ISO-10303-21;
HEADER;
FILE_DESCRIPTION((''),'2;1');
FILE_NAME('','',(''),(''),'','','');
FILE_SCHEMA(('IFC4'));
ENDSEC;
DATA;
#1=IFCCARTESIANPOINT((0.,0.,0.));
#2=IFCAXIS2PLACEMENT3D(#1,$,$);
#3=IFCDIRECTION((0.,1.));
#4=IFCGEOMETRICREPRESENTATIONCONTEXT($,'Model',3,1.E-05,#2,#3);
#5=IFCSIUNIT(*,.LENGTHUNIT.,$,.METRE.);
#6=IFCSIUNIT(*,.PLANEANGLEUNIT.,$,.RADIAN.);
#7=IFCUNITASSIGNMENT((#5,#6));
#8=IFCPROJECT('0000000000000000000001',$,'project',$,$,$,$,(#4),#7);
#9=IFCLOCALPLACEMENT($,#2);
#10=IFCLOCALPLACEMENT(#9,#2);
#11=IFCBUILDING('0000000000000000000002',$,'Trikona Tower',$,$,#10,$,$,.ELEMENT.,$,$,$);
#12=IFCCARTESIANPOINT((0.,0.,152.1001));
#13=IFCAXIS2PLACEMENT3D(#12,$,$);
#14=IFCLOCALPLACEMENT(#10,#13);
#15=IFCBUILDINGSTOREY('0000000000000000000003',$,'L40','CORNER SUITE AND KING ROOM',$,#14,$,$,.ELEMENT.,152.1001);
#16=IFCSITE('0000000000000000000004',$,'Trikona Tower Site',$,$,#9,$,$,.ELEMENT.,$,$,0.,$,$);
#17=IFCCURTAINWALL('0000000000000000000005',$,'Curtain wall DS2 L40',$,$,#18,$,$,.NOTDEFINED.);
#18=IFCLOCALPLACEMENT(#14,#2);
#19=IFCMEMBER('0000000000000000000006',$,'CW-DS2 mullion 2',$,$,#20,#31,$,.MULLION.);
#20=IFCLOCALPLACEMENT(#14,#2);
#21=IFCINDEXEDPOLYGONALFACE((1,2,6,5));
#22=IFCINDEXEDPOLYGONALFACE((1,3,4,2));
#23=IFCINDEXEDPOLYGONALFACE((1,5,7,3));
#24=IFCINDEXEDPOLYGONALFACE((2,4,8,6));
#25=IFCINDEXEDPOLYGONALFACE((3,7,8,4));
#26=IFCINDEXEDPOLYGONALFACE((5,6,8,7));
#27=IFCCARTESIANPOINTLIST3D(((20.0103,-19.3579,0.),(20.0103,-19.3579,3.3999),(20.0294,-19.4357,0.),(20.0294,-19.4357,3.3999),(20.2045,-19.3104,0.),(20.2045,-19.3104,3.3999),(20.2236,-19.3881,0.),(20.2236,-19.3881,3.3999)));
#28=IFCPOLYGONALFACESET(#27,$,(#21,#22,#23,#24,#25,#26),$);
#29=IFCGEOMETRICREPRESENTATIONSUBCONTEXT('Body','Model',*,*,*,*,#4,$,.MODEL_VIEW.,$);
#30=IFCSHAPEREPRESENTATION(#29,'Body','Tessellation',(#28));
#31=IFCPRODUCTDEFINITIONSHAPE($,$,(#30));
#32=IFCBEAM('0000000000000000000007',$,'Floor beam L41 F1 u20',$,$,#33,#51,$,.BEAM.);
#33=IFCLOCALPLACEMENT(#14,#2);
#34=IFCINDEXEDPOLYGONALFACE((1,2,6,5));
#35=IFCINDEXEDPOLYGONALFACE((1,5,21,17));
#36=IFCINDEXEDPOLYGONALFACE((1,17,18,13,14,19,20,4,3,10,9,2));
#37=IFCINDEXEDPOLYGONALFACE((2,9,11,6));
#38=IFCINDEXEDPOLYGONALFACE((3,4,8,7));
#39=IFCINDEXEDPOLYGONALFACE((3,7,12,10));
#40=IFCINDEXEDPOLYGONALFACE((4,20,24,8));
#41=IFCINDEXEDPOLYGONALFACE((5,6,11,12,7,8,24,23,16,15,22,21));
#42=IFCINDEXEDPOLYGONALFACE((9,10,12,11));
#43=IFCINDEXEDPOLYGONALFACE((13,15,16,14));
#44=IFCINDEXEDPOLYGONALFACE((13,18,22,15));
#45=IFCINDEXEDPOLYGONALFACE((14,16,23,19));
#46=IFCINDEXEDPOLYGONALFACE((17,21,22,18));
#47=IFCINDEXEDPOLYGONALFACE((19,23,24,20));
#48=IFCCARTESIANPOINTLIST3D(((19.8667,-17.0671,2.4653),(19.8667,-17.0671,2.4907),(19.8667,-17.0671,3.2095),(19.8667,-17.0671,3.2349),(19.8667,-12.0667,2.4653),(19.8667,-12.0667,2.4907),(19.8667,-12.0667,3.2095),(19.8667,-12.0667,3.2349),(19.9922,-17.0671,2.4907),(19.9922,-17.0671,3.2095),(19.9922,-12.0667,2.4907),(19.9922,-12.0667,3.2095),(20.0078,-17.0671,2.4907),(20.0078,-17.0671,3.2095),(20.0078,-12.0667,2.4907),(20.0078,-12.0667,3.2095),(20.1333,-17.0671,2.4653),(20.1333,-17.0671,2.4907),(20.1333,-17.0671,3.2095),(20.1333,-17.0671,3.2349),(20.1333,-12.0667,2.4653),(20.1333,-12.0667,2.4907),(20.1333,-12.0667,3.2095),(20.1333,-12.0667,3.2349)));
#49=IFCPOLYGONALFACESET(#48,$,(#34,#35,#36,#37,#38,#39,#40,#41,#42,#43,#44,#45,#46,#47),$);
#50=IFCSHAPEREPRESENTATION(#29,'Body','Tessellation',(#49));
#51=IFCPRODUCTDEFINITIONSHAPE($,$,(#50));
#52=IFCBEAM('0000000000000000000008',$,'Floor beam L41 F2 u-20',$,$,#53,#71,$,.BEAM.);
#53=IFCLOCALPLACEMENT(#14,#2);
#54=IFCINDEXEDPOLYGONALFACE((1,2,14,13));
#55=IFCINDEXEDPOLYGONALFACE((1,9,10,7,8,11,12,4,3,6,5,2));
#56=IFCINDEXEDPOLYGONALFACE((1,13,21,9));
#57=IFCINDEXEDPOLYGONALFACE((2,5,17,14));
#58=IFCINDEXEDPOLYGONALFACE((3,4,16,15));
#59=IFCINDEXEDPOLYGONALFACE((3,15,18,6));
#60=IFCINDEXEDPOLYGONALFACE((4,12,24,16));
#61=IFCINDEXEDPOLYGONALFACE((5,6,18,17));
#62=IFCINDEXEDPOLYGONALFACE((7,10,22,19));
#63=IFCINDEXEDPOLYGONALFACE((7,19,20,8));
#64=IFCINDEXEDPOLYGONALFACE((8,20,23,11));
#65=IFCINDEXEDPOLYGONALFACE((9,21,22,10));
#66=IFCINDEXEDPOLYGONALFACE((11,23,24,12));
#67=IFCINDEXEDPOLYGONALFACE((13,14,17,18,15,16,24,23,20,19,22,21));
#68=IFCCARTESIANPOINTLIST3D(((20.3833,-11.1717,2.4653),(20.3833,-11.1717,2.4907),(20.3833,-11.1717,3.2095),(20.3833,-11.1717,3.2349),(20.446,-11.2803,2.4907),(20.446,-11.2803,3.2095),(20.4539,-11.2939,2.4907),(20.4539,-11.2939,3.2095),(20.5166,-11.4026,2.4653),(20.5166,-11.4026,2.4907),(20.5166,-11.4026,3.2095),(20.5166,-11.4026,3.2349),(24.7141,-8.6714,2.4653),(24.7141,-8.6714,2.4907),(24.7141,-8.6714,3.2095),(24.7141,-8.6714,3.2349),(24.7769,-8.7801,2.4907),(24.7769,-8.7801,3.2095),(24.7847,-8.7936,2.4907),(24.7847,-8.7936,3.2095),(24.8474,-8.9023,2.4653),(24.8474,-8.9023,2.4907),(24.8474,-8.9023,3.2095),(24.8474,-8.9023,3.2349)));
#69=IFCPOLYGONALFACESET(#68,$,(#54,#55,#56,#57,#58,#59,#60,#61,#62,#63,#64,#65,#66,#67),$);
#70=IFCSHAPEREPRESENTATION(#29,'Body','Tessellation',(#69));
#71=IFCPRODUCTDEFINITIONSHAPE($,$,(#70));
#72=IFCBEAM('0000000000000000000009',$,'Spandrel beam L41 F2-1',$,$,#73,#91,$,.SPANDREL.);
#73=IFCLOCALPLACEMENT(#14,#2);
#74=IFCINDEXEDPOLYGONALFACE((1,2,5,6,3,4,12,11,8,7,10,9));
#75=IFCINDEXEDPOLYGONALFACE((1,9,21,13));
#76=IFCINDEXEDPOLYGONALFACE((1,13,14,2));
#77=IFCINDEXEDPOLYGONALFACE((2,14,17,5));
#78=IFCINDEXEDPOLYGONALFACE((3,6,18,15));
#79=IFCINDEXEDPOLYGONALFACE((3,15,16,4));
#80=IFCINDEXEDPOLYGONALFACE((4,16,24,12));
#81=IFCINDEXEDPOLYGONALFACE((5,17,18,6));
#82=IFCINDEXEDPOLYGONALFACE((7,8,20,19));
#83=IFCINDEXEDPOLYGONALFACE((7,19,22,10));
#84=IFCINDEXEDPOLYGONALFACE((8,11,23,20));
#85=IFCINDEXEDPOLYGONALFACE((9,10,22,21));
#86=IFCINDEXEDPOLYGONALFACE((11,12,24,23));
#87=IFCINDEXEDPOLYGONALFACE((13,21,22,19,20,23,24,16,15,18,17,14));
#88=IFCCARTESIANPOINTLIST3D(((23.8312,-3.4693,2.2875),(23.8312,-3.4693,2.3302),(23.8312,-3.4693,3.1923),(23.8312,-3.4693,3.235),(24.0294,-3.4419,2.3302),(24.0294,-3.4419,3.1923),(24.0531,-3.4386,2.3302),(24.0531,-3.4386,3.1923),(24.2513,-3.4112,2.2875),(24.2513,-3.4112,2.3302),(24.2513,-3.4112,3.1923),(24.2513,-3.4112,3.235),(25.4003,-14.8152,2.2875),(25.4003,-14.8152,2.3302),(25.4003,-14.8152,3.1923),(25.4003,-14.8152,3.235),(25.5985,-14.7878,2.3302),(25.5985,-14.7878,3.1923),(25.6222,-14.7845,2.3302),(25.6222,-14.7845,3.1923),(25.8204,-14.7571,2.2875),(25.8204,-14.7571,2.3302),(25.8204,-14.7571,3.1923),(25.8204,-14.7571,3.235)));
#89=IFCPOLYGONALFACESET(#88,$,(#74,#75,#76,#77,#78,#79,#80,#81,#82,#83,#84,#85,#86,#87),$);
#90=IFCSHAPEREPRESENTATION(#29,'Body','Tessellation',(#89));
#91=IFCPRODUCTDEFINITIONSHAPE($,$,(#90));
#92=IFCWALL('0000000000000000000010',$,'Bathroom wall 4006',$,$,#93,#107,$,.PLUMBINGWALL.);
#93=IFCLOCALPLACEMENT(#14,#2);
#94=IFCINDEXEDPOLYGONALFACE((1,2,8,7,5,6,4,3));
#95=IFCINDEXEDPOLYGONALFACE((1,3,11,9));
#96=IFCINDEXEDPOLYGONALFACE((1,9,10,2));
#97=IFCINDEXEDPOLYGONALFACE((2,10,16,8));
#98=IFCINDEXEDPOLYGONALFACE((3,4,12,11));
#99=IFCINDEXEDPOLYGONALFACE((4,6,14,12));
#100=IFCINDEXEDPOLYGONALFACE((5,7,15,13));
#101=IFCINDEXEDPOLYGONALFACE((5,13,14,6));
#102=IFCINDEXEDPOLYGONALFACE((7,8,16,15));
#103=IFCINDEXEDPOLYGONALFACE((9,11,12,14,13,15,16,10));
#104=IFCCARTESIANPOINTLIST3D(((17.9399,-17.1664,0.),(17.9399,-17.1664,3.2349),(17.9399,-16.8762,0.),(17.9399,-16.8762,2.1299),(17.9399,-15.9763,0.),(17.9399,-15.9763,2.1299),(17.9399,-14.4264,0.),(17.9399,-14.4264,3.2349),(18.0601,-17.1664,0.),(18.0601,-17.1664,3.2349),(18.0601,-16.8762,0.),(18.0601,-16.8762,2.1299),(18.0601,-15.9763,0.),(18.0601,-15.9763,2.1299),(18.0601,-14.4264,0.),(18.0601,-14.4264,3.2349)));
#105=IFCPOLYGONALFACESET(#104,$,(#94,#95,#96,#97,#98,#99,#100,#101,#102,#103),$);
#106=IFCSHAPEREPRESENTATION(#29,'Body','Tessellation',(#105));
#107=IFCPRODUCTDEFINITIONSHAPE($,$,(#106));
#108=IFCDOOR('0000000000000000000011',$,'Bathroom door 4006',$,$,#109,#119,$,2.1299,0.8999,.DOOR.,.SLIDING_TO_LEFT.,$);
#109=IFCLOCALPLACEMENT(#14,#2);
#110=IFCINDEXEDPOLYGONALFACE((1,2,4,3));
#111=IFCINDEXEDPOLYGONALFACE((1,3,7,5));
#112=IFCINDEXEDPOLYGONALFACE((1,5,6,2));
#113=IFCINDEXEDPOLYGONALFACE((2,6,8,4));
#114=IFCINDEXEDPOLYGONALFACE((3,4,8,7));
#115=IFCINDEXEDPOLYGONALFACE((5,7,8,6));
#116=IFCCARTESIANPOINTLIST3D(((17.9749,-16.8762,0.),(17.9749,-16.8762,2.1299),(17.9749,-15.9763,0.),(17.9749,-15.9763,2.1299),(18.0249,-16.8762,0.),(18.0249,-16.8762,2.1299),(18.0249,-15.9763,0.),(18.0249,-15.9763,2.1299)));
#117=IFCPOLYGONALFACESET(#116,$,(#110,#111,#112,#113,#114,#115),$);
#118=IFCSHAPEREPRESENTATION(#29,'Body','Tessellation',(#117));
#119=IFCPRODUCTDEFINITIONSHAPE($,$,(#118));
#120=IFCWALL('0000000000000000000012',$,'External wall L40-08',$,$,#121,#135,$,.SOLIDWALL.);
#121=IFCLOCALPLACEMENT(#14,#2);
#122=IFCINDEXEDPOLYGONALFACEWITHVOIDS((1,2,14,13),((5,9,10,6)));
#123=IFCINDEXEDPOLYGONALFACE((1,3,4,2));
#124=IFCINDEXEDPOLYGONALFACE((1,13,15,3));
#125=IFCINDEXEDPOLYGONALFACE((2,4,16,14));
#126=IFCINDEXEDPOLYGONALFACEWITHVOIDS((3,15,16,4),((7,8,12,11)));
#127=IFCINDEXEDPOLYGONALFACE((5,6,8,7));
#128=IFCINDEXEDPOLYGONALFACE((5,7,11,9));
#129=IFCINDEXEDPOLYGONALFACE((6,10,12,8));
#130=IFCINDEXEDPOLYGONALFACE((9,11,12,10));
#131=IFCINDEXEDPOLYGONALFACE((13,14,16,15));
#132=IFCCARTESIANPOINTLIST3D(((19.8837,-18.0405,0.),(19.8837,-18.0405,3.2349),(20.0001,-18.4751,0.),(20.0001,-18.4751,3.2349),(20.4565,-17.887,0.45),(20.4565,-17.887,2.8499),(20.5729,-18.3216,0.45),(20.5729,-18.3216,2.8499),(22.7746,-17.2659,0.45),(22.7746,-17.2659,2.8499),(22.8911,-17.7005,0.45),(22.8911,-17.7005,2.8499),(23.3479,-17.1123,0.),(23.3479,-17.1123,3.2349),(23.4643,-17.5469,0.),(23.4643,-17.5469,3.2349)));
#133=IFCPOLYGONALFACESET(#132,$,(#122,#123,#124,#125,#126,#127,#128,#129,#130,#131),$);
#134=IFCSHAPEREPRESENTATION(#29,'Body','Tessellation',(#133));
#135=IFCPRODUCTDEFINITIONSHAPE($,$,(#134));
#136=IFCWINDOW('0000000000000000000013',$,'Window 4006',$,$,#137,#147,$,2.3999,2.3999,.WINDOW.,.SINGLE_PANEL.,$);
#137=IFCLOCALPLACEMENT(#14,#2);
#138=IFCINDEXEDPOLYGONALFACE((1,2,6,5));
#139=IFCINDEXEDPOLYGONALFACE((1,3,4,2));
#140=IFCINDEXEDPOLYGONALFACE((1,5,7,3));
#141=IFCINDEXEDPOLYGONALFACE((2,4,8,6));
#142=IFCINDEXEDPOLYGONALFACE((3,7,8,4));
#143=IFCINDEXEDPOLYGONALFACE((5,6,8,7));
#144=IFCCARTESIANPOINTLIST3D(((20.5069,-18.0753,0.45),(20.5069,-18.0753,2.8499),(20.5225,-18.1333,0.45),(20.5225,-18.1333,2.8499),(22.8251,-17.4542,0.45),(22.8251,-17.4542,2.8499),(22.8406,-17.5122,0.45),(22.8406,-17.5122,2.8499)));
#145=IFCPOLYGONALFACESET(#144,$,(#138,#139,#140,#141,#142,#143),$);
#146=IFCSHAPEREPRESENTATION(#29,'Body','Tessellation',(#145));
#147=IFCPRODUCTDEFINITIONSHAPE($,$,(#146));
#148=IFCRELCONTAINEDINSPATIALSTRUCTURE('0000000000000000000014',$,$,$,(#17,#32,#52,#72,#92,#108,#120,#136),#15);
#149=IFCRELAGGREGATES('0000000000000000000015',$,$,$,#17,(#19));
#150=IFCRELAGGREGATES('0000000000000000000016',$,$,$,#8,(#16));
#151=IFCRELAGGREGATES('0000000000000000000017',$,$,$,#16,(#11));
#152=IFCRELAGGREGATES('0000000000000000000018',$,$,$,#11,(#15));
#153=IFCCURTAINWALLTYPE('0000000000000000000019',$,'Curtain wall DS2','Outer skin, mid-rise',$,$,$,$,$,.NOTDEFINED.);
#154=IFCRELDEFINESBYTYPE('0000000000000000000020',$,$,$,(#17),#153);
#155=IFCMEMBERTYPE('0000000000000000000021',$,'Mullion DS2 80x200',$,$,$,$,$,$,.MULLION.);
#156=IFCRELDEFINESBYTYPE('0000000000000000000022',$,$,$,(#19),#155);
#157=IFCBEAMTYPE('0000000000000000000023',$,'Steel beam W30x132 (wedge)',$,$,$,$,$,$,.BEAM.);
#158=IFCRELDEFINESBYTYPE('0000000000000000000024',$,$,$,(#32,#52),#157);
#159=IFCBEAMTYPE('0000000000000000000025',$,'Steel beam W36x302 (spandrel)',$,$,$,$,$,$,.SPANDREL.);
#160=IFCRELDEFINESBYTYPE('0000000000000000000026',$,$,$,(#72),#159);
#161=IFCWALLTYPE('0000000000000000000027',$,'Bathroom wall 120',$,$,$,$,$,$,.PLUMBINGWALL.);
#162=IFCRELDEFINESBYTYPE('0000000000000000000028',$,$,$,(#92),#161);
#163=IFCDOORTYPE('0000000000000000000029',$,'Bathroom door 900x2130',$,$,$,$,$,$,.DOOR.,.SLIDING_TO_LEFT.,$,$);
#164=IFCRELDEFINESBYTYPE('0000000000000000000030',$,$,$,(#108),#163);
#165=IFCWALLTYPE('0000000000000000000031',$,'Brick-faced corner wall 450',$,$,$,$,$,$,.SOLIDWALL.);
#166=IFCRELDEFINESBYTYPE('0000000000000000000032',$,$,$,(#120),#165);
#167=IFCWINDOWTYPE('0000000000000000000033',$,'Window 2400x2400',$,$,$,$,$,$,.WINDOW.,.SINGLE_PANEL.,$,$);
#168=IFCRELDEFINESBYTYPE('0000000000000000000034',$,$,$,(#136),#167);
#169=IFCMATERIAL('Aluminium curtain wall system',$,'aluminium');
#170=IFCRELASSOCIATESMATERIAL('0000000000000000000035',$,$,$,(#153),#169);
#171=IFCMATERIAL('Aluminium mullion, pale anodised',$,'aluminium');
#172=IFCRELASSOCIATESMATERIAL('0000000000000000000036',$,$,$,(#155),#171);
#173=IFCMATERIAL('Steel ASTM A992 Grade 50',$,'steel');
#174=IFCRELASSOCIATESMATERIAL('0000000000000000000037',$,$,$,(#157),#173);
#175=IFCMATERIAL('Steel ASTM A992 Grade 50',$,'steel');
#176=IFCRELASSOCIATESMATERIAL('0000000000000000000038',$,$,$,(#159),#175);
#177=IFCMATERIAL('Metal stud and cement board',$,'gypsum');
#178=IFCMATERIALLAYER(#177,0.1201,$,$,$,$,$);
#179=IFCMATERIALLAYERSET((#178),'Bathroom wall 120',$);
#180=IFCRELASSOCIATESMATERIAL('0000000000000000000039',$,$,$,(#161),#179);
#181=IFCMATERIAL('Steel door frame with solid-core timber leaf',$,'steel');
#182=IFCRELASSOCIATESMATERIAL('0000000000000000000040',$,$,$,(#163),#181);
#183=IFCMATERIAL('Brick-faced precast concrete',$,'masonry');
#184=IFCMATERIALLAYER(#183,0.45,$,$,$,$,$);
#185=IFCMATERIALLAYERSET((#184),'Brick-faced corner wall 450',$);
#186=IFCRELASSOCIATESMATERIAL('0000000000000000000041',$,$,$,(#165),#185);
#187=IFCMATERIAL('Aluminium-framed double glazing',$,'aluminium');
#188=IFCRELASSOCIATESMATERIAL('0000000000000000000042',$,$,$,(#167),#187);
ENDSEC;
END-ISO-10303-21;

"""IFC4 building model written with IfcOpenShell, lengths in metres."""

from ifc_helpers import new_model, si_unit, direction, frame, frame_2d, origin, origin_2d, place, context, subcontext, project, spatial, rectangle, i_section, extrude, material, layer, layer_set, material_profile, profile_set, type_object, element, fill, aggregate, save


model = new_model("IFC4")

# Units and contexts
model_context = context("Model", 3, precision=1e-05, world=origin(), true_north=direction((0.0, 1.0)))
body_context = subcontext(model_context, "Body", "Model", "MODEL_VIEW")
ifc_project = project(units=[si_unit("LENGTHUNIT", "METRE"), si_unit("PLANEANGLEUNIT", "RADIAN")], contexts=[model_context])

# Site, building, storey
site_placement = place(None, origin())
site = spatial("IfcSite", under=ifc_project, at=site_placement, Name="Trikona Tower Site", CompositionType="ELEMENT", RefElevation=0.0)
building_placement = place(site_placement, origin())
building = spatial("IfcBuilding", under=site, at=building_placement, Name="Trikona Tower", CompositionType="ELEMENT")
storey_placement = place(building_placement, frame((0.0, 0.0, 152.1001)))
storey = spatial("IfcBuildingStorey", under=building, at=storey_placement, Name="L40", Description="CORNER SUITE AND KING ROOM", CompositionType="ELEMENT", Elevation=152.1001)

# Curtain wall, member
ifc_material_1 = material(Name="Aluminium curtain wall system", Category="aluminium")
curtain_wall_type = type_object("IfcCurtainWallType", Name="Curtain wall DS2", Description="Outer skin, mid-rise", PredefinedType="NOTDEFINED", material=ifc_material_1)
curtain_wall_placement = place(storey_placement, origin())
curtain_wall = element("IfcCurtainWall", 1, at=curtain_wall_placement, inside=storey, type_object=curtain_wall_type, Name="Curtain wall DS2 L40", PredefinedType="NOTDEFINED")
ifc_material_2 = material(Name="Aluminium mullion, pale anodised", Category="aluminium")
ifc_material_profile_1 = material_profile(ifc_material_2, rectangle(XDim=0.0801, YDim=0.2, at=origin_2d()), Name="MUL-DS2")
ifc_profile_set_1 = profile_set([ifc_material_profile_1], Name="Aluminium mullion, pale anodised")
member_type = type_object("IfcMemberType", Name="Mullion DS2 80x200", PredefinedType="MULLION", material=ifc_profile_set_1)
member_placement = place(storey_placement, frame((20.1169, -19.373, 0.0), z_axis=(0.0, 0.0, 1.0), x_axis=(-0.23797, 0.971272, 0.0)))
member = element("IfcMember", 2, at=member_placement, type_object=member_type, Name="CW-DS2 mullion 2", PredefinedType="MULLION", context=body_context, shape_type="SweptSolid", body=[
    extrude(rectangle(XDim=0.0801, YDim=0.2, at=origin_2d()), origin(), (0.0, 0.0, 1.0), 3.3999),
])
aggregate(curtain_wall, [member])

# Beams
ifc_material_3 = material(Name="Steel ASTM A992 Grade 50", Category="steel")
ifc_material_profile_2 = material_profile(ifc_material_3, i_section(OverallWidth=0.2666, OverallDepth=0.7695, WebThickness=0.0156, FlangeThickness=0.0254, at=origin_2d()), Name="W30X132")
ifc_profile_set_2 = profile_set([ifc_material_profile_2], Name="Steel ASTM A992 Grade 50")
beam_type_1 = type_object("IfcBeamType", Name="Steel beam W30x132 (wedge)", PredefinedType="BEAM", material=ifc_profile_set_2)
beam_1_placement = place(storey_placement, frame((20.0, -12.0667, 2.8501), z_axis=(0.0, -1.0, 0.0), x_axis=(1.0, 0.0, 0.0)))
element("IfcBeam", 3, at=beam_1_placement, inside=storey, type_object=beam_type_1, Name="Floor beam L41 F1 u20", PredefinedType="BEAM", context=body_context, shape_type="SweptSolid", body=[
    extrude(i_section(OverallWidth=0.2666, OverallDepth=0.7695, WebThickness=0.0156, FlangeThickness=0.0254, at=origin_2d()), origin(), (0.0, 0.0, 1.0), 5.0005),
])
beam_2_placement = place(storey_placement, frame((20.45, -11.2871, 2.8501), z_axis=(0.866038, 0.499977, 0.0), x_axis=(-0.499977, 0.866038, 0.0)))
element("IfcBeam", 4, at=beam_2_placement, inside=storey, type_object=beam_type_1, Name="Floor beam L41 F2 u-20", PredefinedType="BEAM", context=body_context, shape_type="SweptSolid", body=[
    extrude(i_section(OverallWidth=0.2666, OverallDepth=0.7695, WebThickness=0.0156, FlangeThickness=0.0254, at=origin_2d()), origin(), (0.0, 0.0, 1.0), 5.0007),
])
ifc_material_4 = material(Name="Steel ASTM A992 Grade 50", Category="steel")
ifc_material_profile_3 = material_profile(ifc_material_4, i_section(OverallWidth=0.4241, OverallDepth=0.9475, WebThickness=0.0239, FlangeThickness=0.0427, at=origin_2d()), Name="W36X302")
ifc_profile_set_3 = profile_set([ifc_material_profile_3], Name="Steel ASTM A992 Grade 50")
beam_type_2 = type_object("IfcBeamType", Name="Steel beam W36x302 (spandrel)", PredefinedType="SPANDREL", material=ifc_profile_set_3)
beam_3_placement = place(storey_placement, frame((25.6104, -14.7861, 2.7612), z_axis=(-0.136992, 0.990572, 0.0), x_axis=(-0.990572, -0.136992, 0.0)))
element("IfcBeam", 5, at=beam_3_placement, inside=storey, type_object=beam_type_2, Name="Spandrel beam L41 F2-1", PredefinedType="SPANDREL", context=body_context, shape_type="SweptSolid", body=[
    extrude(i_section(OverallWidth=0.4241, OverallDepth=0.9475, WebThickness=0.0239, FlangeThickness=0.0427, at=origin_2d()), origin(), (0.0, 0.0, 1.0), 11.4539),
])

# Wall, opening, door
ifc_material_5 = material(Name="Metal stud and cement board", Category="gypsum")
ifc_layer_1 = layer(ifc_material_5, 0.1201)
ifc_layer_set_1 = layer_set([ifc_layer_1], Name="Bathroom wall 120")
wall_type_1 = type_object("IfcWallType", Name="Bathroom wall 120", PredefinedType="PLUMBINGWALL", material=ifc_layer_set_1)
wall_1_placement = place(storey_placement, frame((18.0, -14.4263, 0.0), z_axis=(0.0, 0.0, 1.0), x_axis=(0.0, -1.0, 0.0)))
wall_1 = element("IfcWall", 6, at=wall_1_placement, inside=storey, type_object=wall_type_1, Name="Bathroom wall 4006", PredefinedType="PLUMBINGWALL", context=body_context, shape_type="SweptSolid", body=[
    extrude(rectangle(XDim=2.74, YDim=0.1201, at=frame_2d((1.3701, 0.0))), origin(), (0.0, 0.0, 1.0), 3.2349),
])
opening_1_placement = place(wall_1_placement, frame((1.55, 0.0, 0.0)))
opening_1 = element("IfcOpeningElement", 7, at=opening_1_placement, cuts=wall_1, PredefinedType="OPENING", context=body_context, shape_type="SweptSolid", body=[
    extrude(rectangle(XDim=0.8999, YDim=2.1299, at=frame_2d((0.45, 1.0649))), frame((0.0, 0.0701, 0.0), z_axis=(0.0, -1.0, 0.0), x_axis=(1.0, 0.0, 0.0)), (0.0, 0.0, 1.0), 0.1401),
])
ifc_material_6 = material(Name="Steel door frame with solid-core timber leaf", Category="steel")
door_type_1 = type_object("IfcDoorType", Name="Bathroom door 900x2130", OperationType="SLIDING_TO_LEFT", PredefinedType="DOOR", material=ifc_material_6)
door_1_placement = place(opening_1_placement, origin())
door_1 = element("IfcDoor", 8, at=door_1_placement, inside=storey, type_object=door_type_1, Name="Bathroom door 4006", OperationType="SLIDING_TO_LEFT", OverallHeight=2.1299, OverallWidth=0.8999, PredefinedType="DOOR", context=body_context, shape_type="SweptSolid", body=[
    extrude(rectangle(XDim=0.8999, YDim=2.1299, at=frame_2d((0.45, 1.0649))), frame((0.0, 0.0249, 0.0), z_axis=(0.0, -1.0, 0.0), x_axis=(1.0, 0.0, 0.0)), (0.0, 0.0, 1.0), 0.05),
])
fill(opening_1, door_1)

# Wall, opening, window
ifc_material_7 = material(Name="Brick-faced precast concrete", Category="masonry")
ifc_layer_2 = layer(ifc_material_7, 0.45)
ifc_layer_set_2 = layer_set([ifc_layer_2], Name="Brick-faced corner wall 450")
wall_type_2 = type_object("IfcWallType", Name="Brick-faced corner wall 450", PredefinedType="SOLIDWALL", material=ifc_layer_set_2)
wall_2_placement = place(storey_placement, frame((19.9419, -18.2578, 0.0), z_axis=(0.0, 0.0, 1.0), x_axis=(0.965925, 0.258823, 0.0)))
wall_2 = element("IfcWall", 9, at=wall_2_placement, inside=storey, type_object=wall_type_2, Name="External wall L40-08", PredefinedType="SOLIDWALL", context=body_context, shape_type="SweptSolid", body=[
    extrude(rectangle(XDim=3.5864, YDim=0.45, at=frame_2d((1.7932, 0.0))), origin(), (0.0, 0.0, 1.0), 3.2349),
])
opening_2_placement = place(wall_2_placement, frame((0.593, 0.0, 0.45)))
opening_2 = element("IfcOpeningElement", 10, at=opening_2_placement, cuts=wall_2, PredefinedType="OPENING", context=body_context, shape_type="SweptSolid", body=[
    extrude(rectangle(XDim=2.3999, YDim=2.3999, at=frame_2d((1.2, 1.2))), frame((0.0, 0.2349, 0.0), z_axis=(0.0, -1.0, 0.0), x_axis=(1.0, 0.0, 0.0)), (0.0, 0.0, 1.0), 0.47),
])
ifc_material_8 = material(Name="Aluminium-framed double glazing", Category="aluminium")
window_type_1 = type_object("IfcWindowType", Name="Window 2400x2400", PartitioningType="SINGLE_PANEL", PredefinedType="WINDOW", material=ifc_material_8)
window_1_placement = place(opening_2_placement, origin())
window_1 = element("IfcWindow", 11, at=window_1_placement, inside=storey, type_object=window_type_1, Name="Window 4006", OverallHeight=2.3999, OverallWidth=2.3999, PartitioningType="SINGLE_PANEL", PredefinedType="WINDOW", context=body_context, shape_type="SweptSolid", body=[
    extrude(rectangle(XDim=2.3999, YDim=2.3999, at=frame_2d((1.2, 1.2))), frame((0.0, 0.03, 0.0), z_axis=(0.0, -1.0, 0.0), x_axis=(1.0, 0.0, 0.0)), (0.0, 0.0, 1.0), 0.0601),
])
fill(opening_2, window_1)

save(model, "model.ifc")
